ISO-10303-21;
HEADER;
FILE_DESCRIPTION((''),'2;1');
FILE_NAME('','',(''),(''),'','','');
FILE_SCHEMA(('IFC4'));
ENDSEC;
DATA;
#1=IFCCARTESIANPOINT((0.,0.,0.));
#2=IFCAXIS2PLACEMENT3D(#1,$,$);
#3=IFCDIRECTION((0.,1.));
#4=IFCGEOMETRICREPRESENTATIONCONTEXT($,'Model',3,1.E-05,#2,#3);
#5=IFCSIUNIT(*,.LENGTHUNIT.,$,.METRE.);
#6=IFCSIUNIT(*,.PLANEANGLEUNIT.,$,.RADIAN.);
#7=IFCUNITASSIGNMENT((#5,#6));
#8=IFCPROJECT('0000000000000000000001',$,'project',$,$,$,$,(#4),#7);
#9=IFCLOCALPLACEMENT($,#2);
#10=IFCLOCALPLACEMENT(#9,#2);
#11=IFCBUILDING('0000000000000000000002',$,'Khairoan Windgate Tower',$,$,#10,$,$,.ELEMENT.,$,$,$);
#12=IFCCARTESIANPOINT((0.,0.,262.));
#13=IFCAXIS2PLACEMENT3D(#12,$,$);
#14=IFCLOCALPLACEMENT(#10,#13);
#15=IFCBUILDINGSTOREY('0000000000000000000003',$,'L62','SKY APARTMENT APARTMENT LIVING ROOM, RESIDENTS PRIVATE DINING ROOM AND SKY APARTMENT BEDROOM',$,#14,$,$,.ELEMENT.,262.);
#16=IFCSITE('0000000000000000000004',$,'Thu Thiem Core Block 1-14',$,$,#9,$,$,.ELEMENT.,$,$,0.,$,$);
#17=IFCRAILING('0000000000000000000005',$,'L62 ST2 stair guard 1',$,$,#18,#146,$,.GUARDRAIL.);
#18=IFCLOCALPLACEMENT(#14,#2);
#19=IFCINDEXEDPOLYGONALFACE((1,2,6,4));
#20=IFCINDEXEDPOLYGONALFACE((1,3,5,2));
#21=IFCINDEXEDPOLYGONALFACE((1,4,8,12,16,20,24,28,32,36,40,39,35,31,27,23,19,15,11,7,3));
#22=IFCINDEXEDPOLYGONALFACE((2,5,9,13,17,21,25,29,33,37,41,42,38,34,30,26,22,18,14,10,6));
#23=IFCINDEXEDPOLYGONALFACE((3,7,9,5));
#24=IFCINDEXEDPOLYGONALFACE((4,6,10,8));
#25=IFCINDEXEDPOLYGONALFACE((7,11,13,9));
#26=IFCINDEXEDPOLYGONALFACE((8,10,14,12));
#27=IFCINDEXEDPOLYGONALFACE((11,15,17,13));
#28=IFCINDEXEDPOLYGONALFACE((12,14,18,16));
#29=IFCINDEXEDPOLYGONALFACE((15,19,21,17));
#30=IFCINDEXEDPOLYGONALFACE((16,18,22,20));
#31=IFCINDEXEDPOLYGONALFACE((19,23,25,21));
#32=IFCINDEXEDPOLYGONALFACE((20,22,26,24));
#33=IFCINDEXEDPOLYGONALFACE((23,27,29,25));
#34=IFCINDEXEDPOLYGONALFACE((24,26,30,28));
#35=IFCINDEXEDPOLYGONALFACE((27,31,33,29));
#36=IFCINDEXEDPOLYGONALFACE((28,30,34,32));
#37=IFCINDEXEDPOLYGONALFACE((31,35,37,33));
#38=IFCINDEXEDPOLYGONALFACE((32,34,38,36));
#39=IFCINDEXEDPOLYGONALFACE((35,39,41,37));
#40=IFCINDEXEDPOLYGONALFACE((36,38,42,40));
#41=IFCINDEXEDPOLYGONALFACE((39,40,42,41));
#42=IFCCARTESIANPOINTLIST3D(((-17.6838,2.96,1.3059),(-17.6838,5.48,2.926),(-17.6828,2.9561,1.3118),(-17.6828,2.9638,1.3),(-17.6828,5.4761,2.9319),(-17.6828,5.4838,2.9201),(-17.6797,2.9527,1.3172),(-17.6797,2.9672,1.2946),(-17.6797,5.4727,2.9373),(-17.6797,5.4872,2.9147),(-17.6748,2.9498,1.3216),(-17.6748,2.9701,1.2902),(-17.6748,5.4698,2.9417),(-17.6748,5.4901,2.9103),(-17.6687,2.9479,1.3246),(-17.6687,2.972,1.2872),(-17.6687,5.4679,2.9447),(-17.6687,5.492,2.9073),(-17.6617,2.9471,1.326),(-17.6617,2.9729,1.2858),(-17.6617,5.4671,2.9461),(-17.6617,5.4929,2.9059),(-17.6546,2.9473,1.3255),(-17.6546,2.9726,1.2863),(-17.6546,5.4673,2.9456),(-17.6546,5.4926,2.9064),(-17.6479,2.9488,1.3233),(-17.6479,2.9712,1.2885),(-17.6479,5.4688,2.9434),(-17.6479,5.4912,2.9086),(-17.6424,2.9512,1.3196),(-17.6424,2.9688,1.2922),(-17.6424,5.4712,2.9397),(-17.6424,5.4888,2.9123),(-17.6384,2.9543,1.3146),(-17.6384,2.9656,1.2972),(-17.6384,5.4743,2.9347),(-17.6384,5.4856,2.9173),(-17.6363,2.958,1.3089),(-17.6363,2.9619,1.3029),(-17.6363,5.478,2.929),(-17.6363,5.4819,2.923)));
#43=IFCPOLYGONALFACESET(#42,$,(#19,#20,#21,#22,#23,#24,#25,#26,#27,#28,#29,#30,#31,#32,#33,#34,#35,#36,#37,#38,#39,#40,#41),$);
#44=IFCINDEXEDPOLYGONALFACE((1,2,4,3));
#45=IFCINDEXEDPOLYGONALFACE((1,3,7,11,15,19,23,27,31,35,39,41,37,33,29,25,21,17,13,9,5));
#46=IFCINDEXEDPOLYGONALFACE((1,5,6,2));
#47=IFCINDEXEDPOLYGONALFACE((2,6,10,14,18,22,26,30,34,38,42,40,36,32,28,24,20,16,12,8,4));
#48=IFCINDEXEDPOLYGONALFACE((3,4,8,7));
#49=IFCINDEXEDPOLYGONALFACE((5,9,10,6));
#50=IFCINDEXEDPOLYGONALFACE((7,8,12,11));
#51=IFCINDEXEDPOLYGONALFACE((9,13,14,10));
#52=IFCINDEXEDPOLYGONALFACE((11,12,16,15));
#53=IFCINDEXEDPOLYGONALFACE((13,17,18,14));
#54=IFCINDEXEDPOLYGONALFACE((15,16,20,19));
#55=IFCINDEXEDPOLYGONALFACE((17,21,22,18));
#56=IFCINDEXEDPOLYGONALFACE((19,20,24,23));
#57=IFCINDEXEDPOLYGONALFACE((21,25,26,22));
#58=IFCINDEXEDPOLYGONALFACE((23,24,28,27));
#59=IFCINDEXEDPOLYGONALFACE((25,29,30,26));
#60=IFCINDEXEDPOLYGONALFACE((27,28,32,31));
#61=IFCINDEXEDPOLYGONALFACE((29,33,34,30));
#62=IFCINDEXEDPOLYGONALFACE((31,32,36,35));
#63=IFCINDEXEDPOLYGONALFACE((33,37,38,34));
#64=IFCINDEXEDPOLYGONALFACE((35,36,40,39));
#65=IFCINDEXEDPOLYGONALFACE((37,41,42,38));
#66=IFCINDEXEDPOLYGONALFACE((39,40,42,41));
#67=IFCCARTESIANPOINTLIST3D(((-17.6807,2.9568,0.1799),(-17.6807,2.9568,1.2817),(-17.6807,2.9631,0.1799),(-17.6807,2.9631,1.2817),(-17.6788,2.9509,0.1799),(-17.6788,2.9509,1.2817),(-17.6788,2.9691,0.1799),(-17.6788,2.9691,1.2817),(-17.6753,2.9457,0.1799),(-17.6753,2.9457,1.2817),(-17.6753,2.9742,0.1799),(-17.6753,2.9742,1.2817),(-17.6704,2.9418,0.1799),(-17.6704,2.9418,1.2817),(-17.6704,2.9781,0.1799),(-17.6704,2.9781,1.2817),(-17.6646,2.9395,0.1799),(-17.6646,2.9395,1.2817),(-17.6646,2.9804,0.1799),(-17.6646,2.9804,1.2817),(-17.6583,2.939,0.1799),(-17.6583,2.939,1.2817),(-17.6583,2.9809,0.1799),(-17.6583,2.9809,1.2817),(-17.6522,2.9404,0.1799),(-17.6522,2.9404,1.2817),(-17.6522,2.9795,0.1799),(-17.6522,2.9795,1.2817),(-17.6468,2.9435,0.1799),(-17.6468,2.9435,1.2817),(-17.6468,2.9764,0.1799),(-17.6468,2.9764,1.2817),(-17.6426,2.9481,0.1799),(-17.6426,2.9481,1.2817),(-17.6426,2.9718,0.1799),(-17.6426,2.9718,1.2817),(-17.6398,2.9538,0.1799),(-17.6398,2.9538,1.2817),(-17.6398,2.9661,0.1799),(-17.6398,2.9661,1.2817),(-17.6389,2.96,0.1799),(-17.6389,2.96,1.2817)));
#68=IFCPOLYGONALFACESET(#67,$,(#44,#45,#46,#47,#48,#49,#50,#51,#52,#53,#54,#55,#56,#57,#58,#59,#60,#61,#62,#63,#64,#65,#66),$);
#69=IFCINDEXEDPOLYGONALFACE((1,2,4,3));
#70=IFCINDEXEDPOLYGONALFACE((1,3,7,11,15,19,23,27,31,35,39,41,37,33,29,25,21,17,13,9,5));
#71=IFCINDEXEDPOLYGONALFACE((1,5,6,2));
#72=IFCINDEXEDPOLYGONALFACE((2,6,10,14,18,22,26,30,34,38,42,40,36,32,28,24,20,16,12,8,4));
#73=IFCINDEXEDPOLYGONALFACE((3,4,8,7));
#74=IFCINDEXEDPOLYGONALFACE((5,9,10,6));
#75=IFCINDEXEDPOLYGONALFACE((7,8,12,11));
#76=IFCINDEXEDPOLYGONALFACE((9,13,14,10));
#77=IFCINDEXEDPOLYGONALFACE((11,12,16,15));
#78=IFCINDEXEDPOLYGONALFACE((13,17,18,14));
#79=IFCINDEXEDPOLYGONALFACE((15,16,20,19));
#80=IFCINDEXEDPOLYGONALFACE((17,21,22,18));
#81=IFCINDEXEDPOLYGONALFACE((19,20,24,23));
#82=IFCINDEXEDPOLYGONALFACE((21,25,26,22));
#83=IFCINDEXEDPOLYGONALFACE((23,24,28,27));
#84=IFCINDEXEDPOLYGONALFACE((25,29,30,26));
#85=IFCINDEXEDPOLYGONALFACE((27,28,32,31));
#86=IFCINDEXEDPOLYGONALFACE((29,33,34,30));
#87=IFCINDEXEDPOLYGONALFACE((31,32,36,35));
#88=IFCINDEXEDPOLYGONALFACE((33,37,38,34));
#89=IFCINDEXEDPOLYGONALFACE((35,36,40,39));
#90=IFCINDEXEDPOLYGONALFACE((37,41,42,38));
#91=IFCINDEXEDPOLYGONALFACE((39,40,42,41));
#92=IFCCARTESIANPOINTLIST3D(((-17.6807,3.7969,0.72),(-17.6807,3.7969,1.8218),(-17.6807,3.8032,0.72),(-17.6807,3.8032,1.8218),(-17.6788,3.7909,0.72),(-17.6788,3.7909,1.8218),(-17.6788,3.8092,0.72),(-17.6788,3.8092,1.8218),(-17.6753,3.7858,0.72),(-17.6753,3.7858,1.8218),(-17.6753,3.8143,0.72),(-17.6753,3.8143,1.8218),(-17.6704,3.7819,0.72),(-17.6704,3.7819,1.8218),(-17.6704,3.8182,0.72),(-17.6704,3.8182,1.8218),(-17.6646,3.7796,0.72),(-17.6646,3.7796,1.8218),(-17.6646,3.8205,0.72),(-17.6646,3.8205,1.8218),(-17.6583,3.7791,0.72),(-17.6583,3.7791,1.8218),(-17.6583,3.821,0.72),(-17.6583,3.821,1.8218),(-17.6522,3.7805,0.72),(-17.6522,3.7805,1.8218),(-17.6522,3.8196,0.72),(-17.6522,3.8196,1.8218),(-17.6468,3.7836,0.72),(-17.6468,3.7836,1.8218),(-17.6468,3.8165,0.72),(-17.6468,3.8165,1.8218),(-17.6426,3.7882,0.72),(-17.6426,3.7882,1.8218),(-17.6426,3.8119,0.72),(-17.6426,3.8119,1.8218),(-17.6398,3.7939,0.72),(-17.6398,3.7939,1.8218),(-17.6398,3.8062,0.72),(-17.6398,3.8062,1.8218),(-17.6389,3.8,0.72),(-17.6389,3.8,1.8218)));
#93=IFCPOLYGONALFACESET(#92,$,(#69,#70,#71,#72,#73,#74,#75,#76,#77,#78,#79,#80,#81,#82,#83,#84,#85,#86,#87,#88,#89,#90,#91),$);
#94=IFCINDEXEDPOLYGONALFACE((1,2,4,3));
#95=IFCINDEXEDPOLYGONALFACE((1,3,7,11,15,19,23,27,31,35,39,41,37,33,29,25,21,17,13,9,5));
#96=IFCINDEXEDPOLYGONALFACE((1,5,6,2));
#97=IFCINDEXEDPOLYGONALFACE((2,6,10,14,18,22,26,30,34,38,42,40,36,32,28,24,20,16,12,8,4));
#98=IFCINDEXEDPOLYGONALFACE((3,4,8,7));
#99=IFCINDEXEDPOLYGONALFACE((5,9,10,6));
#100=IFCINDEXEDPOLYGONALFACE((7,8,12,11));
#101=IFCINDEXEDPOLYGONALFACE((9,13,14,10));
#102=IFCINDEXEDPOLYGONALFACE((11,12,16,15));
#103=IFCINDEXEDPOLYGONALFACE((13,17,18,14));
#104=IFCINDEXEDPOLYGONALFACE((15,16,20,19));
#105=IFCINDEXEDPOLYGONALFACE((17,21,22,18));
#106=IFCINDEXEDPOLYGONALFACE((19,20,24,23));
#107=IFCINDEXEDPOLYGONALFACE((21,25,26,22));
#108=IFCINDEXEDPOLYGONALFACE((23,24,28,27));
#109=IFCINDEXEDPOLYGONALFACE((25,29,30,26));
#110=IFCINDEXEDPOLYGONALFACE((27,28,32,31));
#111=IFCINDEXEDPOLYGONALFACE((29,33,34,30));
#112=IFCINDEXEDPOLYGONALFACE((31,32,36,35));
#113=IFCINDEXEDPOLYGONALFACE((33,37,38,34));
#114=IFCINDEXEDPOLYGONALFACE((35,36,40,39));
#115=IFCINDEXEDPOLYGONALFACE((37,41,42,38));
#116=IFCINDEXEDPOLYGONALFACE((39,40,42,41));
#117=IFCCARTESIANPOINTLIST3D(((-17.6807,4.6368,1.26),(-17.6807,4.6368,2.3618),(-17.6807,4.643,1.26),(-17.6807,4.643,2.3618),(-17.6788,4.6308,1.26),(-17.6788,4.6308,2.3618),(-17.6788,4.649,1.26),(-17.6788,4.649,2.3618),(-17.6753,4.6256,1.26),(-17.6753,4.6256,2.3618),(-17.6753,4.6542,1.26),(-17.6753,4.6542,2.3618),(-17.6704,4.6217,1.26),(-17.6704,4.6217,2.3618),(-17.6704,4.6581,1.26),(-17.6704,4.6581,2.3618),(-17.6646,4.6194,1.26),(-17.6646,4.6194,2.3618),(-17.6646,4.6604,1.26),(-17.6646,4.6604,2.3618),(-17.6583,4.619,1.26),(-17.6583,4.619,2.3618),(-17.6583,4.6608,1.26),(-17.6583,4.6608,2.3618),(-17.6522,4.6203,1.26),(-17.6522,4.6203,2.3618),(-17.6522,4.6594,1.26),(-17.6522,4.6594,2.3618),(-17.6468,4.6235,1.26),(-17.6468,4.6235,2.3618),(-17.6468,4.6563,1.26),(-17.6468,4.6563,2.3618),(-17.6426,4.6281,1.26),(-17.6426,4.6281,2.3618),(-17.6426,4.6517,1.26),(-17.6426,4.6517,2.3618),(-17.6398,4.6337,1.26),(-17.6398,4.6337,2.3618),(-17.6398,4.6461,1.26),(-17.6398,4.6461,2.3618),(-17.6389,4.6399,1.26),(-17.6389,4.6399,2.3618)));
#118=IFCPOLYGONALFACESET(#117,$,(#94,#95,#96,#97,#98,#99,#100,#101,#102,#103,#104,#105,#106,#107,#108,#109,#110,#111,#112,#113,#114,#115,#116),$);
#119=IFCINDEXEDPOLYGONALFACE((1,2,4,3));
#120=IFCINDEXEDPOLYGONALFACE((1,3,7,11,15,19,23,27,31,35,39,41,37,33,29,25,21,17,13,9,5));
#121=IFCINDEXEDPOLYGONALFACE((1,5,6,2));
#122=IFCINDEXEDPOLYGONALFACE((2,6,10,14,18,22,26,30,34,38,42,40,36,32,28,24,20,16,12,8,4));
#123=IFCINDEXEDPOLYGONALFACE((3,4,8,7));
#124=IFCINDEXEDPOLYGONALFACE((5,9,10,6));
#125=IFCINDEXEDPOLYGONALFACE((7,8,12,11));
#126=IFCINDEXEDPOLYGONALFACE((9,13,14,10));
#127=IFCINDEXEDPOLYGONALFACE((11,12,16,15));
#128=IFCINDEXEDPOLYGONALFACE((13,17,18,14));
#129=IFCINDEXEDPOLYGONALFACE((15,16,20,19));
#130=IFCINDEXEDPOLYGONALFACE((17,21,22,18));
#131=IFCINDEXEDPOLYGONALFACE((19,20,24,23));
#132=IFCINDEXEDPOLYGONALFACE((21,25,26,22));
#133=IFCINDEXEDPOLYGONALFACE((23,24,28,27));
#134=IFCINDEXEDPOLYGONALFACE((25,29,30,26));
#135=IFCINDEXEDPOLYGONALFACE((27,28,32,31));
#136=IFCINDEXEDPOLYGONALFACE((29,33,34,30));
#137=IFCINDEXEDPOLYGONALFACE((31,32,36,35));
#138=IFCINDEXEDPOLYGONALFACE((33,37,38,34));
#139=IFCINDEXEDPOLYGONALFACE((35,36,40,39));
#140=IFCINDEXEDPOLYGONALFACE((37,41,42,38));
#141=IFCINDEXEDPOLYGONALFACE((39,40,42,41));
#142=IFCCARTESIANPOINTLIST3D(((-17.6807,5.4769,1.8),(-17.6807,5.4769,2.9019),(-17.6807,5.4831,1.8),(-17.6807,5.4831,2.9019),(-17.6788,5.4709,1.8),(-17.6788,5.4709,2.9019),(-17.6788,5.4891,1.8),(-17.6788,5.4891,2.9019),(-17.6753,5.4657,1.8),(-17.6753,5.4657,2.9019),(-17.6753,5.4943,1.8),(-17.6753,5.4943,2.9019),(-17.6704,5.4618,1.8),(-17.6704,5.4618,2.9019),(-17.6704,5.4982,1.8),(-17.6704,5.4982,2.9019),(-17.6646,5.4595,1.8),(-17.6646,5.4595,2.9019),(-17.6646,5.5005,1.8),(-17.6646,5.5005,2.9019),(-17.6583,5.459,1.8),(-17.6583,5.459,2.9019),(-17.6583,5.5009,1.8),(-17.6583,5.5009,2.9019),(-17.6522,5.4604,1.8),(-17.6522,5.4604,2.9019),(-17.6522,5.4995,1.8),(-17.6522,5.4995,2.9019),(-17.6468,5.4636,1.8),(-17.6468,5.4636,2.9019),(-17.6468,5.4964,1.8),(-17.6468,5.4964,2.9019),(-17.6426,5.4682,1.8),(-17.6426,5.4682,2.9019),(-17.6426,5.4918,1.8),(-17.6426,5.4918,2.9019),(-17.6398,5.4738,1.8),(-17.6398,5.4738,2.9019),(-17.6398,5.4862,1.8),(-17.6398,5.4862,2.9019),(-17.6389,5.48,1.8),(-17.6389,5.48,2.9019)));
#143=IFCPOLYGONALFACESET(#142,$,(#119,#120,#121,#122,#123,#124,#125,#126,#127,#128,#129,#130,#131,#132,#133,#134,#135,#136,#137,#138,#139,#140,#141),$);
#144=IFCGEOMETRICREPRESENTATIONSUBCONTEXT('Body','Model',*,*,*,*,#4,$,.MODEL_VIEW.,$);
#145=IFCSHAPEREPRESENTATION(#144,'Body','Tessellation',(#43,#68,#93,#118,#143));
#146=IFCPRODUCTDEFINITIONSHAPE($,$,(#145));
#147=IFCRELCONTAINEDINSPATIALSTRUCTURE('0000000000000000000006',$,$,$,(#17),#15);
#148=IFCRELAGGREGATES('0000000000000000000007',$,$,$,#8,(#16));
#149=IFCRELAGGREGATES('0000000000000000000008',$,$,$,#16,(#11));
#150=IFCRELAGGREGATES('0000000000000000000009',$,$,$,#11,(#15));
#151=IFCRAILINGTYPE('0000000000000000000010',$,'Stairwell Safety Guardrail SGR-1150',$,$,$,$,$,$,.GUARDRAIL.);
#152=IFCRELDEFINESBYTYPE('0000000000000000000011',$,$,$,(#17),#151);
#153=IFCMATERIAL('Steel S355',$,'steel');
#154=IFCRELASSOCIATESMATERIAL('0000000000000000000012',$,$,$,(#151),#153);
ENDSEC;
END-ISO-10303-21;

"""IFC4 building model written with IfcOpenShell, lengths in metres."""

from ifc_helpers import new_model, si_unit, direction, frame, origin, origin_2d, place, context, subcontext, project, spatial, circle, extrude, material, type_object, element, save


model = new_model("IFC4")

# Units and contexts
model_context = context("Model", 3, precision=1e-05, world=origin(), true_north=direction((0.0, 1.0)))
body_context = subcontext(model_context, "Body", "Model", "MODEL_VIEW")
ifc_project = project(units=[si_unit("LENGTHUNIT", "METRE"), si_unit("PLANEANGLEUNIT", "RADIAN")], contexts=[model_context])

# Site, building, storey
site_placement = place(None, origin())
site = spatial("IfcSite", under=ifc_project, at=site_placement, Name="Thu Thiem Core Block 1-14", CompositionType="ELEMENT", RefElevation=0.0)
building_placement = place(site_placement, origin())
building = spatial("IfcBuilding", under=site, at=building_placement, Name="Khairoan Windgate Tower", CompositionType="ELEMENT")
storey_placement = place(building_placement, frame((0.0, 0.0, 262.0)))
storey = spatial("IfcBuildingStorey", under=building, at=storey_placement, Name="L62", Description="SKY APARTMENT APARTMENT LIVING ROOM, RESIDENTS PRIVATE DINING ROOM AND SKY APARTMENT BEDROOM", CompositionType="ELEMENT", Elevation=262.0)

# Railing
ifc_material_1 = material(Name="Steel S355", Category="steel")
railing_type_1 = type_object("IfcRailingType", Name="Stairwell Safety Guardrail SGR-1150", PredefinedType="GUARDRAIL", material=ifc_material_1)
railing_1_placement = place(storey_placement, frame((-17.6599, 2.96, 0.1799)))
element("IfcRailing", 1, at=railing_1_placement, inside=storey, type_object=railing_type_1, Name="L62 ST2 stair guard 1", PredefinedType="GUARDRAIL", context=body_context, shape_type="SweptSolid", body=[
    extrude(circle(Radius=0.0239, at=origin_2d()), frame((0.0, 0.0, 1.126), z_axis=(0.0, 0.841163, 0.540782), x_axis=(-1.0, 0.0, 0.0)), (0.0, 0.0, 1.0), 2.9958),
    extrude(circle(Radius=0.021, at=origin_2d()), origin(), (0.0, 0.0, 1.0), 1.1018),
    extrude(circle(Radius=0.021, at=origin_2d()), frame((0.0, 0.8401, 0.54)), (0.0, 0.0, 1.0), 1.1018),
    extrude(circle(Radius=0.021, at=origin_2d()), frame((0.0, 1.6799, 1.0801)), (0.0, 0.0, 1.0), 1.1018),
    extrude(circle(Radius=0.021, at=origin_2d()), frame((0.0, 2.52, 1.6201)), (0.0, 0.0, 1.0), 1.1018),
])

save(model, "model.ifc")
